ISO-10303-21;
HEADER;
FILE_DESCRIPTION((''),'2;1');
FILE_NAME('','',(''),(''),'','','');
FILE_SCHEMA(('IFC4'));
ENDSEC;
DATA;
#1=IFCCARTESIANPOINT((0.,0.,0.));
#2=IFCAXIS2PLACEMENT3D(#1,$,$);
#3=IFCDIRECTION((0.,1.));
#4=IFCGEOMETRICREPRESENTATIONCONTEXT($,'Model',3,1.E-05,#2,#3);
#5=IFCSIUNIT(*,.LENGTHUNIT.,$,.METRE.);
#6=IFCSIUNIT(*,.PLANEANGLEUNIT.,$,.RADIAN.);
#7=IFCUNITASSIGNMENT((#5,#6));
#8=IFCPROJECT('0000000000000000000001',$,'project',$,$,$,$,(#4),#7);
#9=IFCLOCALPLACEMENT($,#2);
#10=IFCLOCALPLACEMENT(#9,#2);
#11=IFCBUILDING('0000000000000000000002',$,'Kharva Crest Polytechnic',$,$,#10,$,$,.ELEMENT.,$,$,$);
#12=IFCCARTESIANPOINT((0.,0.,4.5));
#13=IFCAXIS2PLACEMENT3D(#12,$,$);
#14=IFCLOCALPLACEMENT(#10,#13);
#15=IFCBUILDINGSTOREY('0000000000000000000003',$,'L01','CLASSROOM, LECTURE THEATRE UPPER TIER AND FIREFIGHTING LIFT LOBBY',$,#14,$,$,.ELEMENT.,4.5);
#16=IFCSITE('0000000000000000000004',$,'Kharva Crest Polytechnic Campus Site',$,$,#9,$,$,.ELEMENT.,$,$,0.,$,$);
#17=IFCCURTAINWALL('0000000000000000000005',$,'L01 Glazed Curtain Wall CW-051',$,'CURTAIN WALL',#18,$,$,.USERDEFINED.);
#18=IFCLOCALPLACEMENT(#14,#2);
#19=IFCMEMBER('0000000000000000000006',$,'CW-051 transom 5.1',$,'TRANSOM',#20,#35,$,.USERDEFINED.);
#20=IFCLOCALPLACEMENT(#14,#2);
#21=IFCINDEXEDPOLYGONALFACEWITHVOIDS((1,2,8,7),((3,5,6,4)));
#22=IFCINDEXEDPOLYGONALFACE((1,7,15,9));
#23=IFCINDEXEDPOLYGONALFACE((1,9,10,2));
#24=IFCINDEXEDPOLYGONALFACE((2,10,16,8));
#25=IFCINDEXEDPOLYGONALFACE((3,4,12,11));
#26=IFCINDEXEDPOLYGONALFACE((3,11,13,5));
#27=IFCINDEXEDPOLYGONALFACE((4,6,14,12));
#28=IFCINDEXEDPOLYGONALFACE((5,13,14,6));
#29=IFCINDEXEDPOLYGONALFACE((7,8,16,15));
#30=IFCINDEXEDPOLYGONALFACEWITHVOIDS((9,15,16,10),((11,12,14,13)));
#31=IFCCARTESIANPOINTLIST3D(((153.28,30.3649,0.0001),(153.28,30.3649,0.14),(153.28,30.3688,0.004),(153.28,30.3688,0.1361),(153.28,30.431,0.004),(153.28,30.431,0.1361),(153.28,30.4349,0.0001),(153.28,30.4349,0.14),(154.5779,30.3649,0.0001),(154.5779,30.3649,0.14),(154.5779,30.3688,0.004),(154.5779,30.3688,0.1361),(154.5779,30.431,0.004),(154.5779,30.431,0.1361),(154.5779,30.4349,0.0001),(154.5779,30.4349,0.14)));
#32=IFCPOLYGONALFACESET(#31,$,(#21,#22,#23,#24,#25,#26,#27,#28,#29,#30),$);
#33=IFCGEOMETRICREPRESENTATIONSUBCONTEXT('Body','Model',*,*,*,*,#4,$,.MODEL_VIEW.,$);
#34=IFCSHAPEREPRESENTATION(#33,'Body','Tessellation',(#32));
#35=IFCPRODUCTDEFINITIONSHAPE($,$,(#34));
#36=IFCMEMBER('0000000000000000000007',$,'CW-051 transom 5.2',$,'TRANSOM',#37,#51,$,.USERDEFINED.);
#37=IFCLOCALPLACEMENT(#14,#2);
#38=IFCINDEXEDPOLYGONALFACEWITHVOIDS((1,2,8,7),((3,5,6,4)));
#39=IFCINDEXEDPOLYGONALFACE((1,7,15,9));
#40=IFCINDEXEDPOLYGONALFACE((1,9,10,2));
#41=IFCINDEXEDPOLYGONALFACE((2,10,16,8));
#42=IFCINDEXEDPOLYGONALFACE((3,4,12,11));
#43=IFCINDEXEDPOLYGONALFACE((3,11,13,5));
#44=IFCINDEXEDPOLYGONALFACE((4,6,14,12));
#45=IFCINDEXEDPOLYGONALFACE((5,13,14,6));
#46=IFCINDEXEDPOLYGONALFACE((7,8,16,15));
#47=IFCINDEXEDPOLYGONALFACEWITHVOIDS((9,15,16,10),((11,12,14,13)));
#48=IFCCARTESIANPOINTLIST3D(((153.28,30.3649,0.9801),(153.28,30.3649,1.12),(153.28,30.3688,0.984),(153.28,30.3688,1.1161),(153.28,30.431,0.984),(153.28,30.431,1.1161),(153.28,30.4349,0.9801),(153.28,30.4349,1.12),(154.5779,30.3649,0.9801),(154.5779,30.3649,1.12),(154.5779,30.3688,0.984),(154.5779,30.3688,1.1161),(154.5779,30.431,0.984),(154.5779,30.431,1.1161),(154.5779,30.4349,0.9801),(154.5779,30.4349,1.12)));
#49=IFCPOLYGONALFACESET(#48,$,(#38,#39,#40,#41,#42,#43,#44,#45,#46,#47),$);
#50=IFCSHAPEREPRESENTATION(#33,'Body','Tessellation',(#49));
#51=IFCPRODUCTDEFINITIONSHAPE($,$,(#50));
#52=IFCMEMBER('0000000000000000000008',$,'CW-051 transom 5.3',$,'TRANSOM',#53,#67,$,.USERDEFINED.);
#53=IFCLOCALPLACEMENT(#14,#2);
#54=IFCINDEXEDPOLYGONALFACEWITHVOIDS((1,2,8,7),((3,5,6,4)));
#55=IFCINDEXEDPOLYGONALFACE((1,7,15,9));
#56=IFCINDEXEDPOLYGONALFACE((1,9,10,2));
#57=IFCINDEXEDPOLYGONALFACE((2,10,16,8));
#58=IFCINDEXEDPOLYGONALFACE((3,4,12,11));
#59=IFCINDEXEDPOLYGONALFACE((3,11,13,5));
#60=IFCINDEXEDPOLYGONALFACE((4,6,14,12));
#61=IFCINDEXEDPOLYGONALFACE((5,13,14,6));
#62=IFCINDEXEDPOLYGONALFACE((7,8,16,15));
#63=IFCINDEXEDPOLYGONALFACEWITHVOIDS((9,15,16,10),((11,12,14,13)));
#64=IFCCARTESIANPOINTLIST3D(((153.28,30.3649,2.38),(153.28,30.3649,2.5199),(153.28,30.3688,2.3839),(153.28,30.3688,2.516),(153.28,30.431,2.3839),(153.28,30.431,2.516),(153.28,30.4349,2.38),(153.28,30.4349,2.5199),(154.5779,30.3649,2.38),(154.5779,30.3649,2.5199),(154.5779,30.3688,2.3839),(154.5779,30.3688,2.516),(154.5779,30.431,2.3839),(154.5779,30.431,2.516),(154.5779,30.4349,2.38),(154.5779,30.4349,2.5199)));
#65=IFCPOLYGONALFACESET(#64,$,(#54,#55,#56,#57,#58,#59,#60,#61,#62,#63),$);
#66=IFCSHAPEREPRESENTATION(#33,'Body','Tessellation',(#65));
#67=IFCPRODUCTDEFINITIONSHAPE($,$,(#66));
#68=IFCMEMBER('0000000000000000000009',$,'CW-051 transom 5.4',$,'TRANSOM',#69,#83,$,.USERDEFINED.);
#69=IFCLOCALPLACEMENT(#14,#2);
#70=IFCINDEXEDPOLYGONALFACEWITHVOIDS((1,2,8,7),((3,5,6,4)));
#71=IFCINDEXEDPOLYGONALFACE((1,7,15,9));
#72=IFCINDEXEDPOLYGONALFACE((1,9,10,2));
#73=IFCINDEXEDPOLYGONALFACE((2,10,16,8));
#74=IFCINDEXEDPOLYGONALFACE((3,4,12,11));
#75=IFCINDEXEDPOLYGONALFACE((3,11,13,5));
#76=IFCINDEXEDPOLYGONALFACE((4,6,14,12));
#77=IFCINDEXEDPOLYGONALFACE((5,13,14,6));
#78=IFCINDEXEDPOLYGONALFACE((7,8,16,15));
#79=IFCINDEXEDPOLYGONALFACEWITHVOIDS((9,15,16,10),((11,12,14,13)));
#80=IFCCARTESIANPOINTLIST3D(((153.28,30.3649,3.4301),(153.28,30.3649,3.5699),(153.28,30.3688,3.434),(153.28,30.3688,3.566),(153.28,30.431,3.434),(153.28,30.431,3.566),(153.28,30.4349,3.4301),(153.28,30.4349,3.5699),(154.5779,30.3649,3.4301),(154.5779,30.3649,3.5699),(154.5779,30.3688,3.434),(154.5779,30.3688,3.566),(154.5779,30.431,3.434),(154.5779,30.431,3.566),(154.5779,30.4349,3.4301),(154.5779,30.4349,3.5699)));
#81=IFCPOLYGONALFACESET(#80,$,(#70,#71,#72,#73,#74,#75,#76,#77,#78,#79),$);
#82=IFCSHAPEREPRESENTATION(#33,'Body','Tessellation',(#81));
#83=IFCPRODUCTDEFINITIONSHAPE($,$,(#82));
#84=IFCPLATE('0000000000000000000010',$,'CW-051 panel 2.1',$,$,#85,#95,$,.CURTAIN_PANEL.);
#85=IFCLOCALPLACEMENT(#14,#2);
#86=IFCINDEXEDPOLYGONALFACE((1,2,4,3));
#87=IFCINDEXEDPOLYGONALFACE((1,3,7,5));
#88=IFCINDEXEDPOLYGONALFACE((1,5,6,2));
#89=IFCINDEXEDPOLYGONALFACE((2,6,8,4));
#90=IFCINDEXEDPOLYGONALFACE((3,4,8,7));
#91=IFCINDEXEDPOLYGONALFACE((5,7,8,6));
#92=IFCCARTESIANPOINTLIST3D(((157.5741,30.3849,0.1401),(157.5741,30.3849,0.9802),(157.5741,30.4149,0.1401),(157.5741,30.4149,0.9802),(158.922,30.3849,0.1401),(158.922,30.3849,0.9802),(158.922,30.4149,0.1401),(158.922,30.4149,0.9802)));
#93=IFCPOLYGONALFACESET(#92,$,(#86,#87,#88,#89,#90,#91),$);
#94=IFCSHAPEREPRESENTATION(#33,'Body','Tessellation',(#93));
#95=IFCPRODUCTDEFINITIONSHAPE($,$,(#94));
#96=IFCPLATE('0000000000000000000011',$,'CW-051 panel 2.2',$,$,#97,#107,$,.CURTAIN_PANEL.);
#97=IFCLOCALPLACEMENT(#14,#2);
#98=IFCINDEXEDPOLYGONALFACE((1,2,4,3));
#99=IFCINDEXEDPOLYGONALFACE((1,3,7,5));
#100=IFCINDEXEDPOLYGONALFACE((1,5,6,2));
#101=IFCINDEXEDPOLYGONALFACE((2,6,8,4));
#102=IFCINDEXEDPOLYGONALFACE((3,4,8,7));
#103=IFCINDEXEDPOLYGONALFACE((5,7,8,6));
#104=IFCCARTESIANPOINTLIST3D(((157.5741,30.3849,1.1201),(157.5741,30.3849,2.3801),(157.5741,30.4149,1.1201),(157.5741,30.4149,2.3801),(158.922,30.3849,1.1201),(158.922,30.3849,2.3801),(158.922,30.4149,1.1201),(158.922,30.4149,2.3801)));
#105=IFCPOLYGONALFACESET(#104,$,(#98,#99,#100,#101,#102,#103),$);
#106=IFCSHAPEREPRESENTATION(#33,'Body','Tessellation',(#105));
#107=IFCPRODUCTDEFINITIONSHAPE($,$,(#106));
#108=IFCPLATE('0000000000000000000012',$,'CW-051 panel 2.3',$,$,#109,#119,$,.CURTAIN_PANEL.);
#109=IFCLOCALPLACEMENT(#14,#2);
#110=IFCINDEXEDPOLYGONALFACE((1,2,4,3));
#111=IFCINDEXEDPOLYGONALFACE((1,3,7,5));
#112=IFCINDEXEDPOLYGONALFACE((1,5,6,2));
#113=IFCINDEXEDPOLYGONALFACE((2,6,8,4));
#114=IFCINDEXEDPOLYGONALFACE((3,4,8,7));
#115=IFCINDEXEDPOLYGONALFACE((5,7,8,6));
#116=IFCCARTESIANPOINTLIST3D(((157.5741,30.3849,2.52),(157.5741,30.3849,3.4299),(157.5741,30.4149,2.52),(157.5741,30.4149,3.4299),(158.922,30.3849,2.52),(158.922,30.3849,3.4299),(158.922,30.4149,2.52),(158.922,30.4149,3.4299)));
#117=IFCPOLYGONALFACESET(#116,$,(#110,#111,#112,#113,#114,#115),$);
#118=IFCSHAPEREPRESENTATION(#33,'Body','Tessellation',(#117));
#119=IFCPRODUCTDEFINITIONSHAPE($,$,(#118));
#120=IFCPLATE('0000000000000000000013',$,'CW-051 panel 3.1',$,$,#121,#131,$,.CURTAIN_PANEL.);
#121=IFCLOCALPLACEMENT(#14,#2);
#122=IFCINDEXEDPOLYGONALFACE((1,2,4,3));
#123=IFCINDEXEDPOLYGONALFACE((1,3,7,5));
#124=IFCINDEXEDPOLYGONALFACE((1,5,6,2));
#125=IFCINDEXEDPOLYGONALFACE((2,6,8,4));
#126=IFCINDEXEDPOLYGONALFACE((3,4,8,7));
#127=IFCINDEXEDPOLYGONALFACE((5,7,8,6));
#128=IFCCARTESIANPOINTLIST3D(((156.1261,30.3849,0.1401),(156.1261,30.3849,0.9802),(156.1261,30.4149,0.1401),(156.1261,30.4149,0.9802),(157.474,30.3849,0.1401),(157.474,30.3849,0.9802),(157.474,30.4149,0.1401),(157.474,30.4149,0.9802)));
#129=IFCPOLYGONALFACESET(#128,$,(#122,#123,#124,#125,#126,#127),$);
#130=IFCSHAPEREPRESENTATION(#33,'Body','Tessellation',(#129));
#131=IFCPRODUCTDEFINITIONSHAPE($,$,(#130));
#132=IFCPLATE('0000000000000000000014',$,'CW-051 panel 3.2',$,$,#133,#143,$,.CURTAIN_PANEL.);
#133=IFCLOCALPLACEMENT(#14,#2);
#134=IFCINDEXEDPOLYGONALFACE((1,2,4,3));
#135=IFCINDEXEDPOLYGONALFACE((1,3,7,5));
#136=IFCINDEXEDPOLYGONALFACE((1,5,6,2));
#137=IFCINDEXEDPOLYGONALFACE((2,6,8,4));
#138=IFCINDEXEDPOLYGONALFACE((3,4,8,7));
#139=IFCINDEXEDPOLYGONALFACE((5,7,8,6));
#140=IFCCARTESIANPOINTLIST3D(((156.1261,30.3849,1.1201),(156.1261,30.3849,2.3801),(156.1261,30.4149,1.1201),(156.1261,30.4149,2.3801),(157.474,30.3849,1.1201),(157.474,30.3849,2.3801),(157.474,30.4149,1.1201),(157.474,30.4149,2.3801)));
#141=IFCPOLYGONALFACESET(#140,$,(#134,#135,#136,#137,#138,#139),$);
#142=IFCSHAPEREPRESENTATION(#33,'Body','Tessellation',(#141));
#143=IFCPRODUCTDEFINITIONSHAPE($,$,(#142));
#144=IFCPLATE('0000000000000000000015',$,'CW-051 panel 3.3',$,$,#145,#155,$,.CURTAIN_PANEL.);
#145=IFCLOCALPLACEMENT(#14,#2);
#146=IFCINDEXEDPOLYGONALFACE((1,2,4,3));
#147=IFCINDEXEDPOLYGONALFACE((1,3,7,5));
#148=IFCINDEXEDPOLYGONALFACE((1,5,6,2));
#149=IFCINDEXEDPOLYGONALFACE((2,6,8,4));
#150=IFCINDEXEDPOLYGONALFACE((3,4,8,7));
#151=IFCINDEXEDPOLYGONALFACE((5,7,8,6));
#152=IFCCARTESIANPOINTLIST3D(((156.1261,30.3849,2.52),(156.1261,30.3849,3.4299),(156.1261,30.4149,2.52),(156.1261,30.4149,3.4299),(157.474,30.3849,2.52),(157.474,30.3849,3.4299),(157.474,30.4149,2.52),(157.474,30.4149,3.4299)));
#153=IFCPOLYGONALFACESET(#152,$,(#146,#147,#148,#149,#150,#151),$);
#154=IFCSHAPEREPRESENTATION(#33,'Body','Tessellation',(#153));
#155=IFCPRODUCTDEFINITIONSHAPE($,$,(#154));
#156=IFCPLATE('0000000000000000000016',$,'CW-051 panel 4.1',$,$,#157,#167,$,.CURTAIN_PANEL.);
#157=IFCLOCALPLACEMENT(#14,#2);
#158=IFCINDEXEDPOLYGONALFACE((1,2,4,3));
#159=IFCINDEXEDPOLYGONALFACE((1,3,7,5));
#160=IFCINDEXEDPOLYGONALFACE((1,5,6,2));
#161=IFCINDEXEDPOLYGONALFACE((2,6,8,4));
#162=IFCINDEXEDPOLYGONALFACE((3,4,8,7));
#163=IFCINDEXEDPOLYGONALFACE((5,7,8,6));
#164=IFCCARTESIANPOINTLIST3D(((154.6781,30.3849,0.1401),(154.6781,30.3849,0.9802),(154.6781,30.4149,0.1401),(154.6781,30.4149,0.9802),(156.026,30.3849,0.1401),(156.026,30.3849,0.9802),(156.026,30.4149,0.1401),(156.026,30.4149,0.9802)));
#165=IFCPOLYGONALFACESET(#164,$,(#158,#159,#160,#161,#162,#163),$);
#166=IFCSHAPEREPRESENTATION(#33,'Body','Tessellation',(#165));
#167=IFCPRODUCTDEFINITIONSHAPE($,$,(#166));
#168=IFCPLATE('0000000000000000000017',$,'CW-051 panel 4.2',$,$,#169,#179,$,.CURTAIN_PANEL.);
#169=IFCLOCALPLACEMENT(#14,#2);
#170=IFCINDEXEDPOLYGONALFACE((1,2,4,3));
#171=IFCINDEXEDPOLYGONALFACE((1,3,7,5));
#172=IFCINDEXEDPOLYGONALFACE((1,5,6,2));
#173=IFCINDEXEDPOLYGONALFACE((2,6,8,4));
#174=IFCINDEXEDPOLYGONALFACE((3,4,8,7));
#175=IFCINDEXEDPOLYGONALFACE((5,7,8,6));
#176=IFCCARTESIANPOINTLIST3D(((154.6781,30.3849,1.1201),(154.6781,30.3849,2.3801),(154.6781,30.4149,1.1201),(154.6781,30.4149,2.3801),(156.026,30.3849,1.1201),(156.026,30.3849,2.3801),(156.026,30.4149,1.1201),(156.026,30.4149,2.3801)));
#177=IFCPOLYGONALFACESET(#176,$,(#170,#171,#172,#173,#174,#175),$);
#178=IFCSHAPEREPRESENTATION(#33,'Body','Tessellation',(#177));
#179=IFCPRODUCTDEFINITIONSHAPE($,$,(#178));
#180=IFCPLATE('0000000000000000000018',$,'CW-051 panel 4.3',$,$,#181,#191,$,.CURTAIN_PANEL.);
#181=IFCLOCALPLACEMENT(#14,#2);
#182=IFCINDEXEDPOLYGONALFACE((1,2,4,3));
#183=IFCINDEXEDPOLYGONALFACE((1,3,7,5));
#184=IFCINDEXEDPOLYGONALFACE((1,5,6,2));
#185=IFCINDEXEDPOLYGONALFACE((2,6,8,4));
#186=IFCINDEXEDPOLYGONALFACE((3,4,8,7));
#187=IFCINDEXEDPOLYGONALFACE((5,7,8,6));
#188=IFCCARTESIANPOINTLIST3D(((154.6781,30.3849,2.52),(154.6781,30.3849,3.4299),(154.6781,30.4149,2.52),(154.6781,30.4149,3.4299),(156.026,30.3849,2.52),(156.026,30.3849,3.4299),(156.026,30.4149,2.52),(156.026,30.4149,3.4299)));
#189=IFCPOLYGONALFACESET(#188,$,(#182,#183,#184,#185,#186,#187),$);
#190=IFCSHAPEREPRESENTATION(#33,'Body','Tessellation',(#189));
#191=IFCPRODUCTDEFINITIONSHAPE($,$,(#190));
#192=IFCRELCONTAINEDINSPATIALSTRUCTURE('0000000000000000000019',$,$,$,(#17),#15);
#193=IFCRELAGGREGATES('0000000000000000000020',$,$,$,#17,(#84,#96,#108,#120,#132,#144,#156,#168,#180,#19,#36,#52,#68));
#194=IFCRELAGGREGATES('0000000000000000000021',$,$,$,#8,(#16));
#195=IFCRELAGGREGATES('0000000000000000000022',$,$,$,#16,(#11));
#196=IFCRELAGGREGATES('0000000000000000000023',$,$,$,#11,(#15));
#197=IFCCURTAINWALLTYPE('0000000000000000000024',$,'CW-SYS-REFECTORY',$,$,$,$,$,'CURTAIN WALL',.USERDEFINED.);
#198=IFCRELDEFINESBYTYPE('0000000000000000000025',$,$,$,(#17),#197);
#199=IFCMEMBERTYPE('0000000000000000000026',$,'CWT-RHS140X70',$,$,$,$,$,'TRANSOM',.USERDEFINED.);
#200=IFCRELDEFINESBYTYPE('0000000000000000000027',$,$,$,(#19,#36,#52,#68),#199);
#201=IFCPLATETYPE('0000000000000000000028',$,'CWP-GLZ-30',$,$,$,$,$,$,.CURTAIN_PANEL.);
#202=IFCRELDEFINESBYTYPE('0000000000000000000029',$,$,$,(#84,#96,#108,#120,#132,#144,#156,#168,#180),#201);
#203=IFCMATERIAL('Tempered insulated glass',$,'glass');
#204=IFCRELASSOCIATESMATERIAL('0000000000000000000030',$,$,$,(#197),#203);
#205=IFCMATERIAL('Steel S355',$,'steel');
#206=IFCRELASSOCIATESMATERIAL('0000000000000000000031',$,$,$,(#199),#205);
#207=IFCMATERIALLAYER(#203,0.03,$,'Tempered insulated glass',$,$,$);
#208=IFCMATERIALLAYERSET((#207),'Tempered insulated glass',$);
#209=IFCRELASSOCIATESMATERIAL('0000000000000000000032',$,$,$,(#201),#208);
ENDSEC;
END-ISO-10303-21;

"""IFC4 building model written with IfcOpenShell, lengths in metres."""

from ifc_helpers import new_model, si_unit, direction, frame, origin, origin_2d, place, context, subcontext, project, spatial, rectangle, hollow_rectangle, extrude, material, layer, layer_set, material_profile, profile_set, type_object, element, aggregate, save


model = new_model("IFC4")

# Units and contexts
model_context = context("Model", 3, precision=1e-05, world=origin(), true_north=direction((0.0, 1.0)))
body_context = subcontext(model_context, "Body", "Model", "MODEL_VIEW")
ifc_project = project(units=[si_unit("LENGTHUNIT", "METRE"), si_unit("PLANEANGLEUNIT", "RADIAN")], contexts=[model_context])

# Site, building, storey
site_placement = place(None, origin())
site = spatial("IfcSite", under=ifc_project, at=site_placement, Name="Kharva Crest Polytechnic Campus Site", CompositionType="ELEMENT", RefElevation=0.0)
building_placement = place(site_placement, origin())
building = spatial("IfcBuilding", under=site, at=building_placement, Name="Kharva Crest Polytechnic", CompositionType="ELEMENT")
storey_placement = place(building_placement, frame((0.0, 0.0, 4.5)))
storey = spatial("IfcBuildingStorey", under=building, at=storey_placement, Name="L01", Description="CLASSROOM, LECTURE THEATRE UPPER TIER AND FIREFIGHTING LIFT LOBBY", CompositionType="ELEMENT", Elevation=4.5)

# Curtain wall, members, plates
ifc_material_1 = material(Name="Tempered insulated glass", Category="glass")
curtain_wall_type = type_object("IfcCurtainWallType", Name="CW-SYS-REFECTORY", ElementType="CURTAIN WALL", PredefinedType="USERDEFINED", material=ifc_material_1)
curtain_wall_placement = place(storey_placement, origin())
curtain_wall = element("IfcCurtainWall", 1, at=curtain_wall_placement, inside=storey, type_object=curtain_wall_type, Name="L01 Glazed Curtain Wall CW-051", ObjectType="CURTAIN WALL", PredefinedType="USERDEFINED")
ifc_material_2 = material(Name="Steel S355", Category="steel")
ifc_material_profile_1 = material_profile(ifc_material_2, hollow_rectangle(XDim=0.0701, YDim=0.1399, WallThickness=0.0039, at=origin_2d()), Name="RHS 140X70X4.0")
ifc_profile_set_1 = profile_set([ifc_material_profile_1], Name="Steel S355")
member_type_1 = type_object("IfcMemberType", Name="CWT-RHS140X70", ElementType="TRANSOM", PredefinedType="USERDEFINED", material=ifc_profile_set_1)
member_1_placement = place(storey_placement, frame((154.5779, 30.3999, 0.0701), z_axis=(-1.0, 0.0, 0.0), x_axis=(0.0, -1.0, 0.0)))
member_1 = element("IfcMember", 2, at=member_1_placement, type_object=member_type_1, Name="CW-051 transom 5.1", ObjectType="TRANSOM", PredefinedType="USERDEFINED", context=body_context, shape_type="SweptSolid", body=[
    extrude(hollow_rectangle(XDim=0.0701, YDim=0.1399, WallThickness=0.0039, at=origin_2d()), origin(), (0.0, 0.0, 1.0), 1.2979),
])
member_2_placement = place(storey_placement, frame((154.5779, 30.3999, 1.05), z_axis=(-1.0, 0.0, 0.0), x_axis=(0.0, -1.0, 0.0)))
member_2 = element("IfcMember", 3, at=member_2_placement, type_object=member_type_1, Name="CW-051 transom 5.2", ObjectType="TRANSOM", PredefinedType="USERDEFINED", context=body_context, shape_type="SweptSolid", body=[
    extrude(hollow_rectangle(XDim=0.0701, YDim=0.1399, WallThickness=0.0039, at=origin_2d()), origin(), (0.0, 0.0, 1.0), 1.2979),
])
member_3_placement = place(storey_placement, frame((154.5779, 30.3999, 2.45), z_axis=(-1.0, 0.0, 0.0), x_axis=(0.0, -1.0, 0.0)))
member_3 = element("IfcMember", 4, at=member_3_placement, type_object=member_type_1, Name="CW-051 transom 5.3", ObjectType="TRANSOM", PredefinedType="USERDEFINED", context=body_context, shape_type="SweptSolid", body=[
    extrude(hollow_rectangle(XDim=0.0701, YDim=0.1399, WallThickness=0.0039, at=origin_2d()), origin(), (0.0, 0.0, 1.0), 1.2979),
])
member_4_placement = place(storey_placement, frame((154.5779, 30.3999, 3.5), z_axis=(-1.0, 0.0, 0.0), x_axis=(0.0, -1.0, 0.0)))
member_4 = element("IfcMember", 5, at=member_4_placement, type_object=member_type_1, Name="CW-051 transom 5.4", ObjectType="TRANSOM", PredefinedType="USERDEFINED", context=body_context, shape_type="SweptSolid", body=[
    extrude(hollow_rectangle(XDim=0.0701, YDim=0.1399, WallThickness=0.0039, at=origin_2d()), origin(), (0.0, 0.0, 1.0), 1.2979),
])
ifc_layer = layer(ifc_material_1, 0.03, Name="Tempered insulated glass")
ifc_layer_set = layer_set([ifc_layer], Name="Tempered insulated glass")
plate_type = type_object("IfcPlateType", Name="CWP-GLZ-30", PredefinedType="CURTAIN_PANEL", material=ifc_layer_set)
plate_1_placement = place(storey_placement, frame((158.248, 30.3999, 0.1401), z_axis=(0.0, 0.0, 1.0), x_axis=(-1.0, 0.0, 0.0)))
plate_1 = element("IfcPlate", 6, at=plate_1_placement, type_object=plate_type, Name="CW-051 panel 2.1", PredefinedType="CURTAIN_PANEL", context=body_context, shape_type="SweptSolid", body=[
    extrude(rectangle(XDim=1.3479, YDim=0.03, at=origin_2d()), origin(), (0.0, 0.0, 1.0), 0.8401),
])
plate_2_placement = place(storey_placement, frame((158.248, 30.3999, 1.1201), z_axis=(0.0, 0.0, 1.0), x_axis=(-1.0, 0.0, 0.0)))
plate_2 = element("IfcPlate", 7, at=plate_2_placement, type_object=plate_type, Name="CW-051 panel 2.2", PredefinedType="CURTAIN_PANEL", context=body_context, shape_type="SweptSolid", body=[
    extrude(rectangle(XDim=1.3479, YDim=0.03, at=origin_2d()), origin(), (0.0, 0.0, 1.0), 1.26),
])
plate_3_placement = place(storey_placement, frame((158.248, 30.3999, 2.52), z_axis=(0.0, 0.0, 1.0), x_axis=(-1.0, 0.0, 0.0)))
plate_3 = element("IfcPlate", 8, at=plate_3_placement, type_object=plate_type, Name="CW-051 panel 2.3", PredefinedType="CURTAIN_PANEL", context=body_context, shape_type="SweptSolid", body=[
    extrude(rectangle(XDim=1.3479, YDim=0.03, at=origin_2d()), origin(), (0.0, 0.0, 1.0), 0.9099),
])
plate_4_placement = place(storey_placement, frame((156.8, 30.3999, 0.1401), z_axis=(0.0, 0.0, 1.0), x_axis=(-1.0, 0.0, 0.0)))
plate_4 = element("IfcPlate", 9, at=plate_4_placement, type_object=plate_type, Name="CW-051 panel 3.1", PredefinedType="CURTAIN_PANEL", context=body_context, shape_type="SweptSolid", body=[
    extrude(rectangle(XDim=1.3479, YDim=0.03, at=origin_2d()), origin(), (0.0, 0.0, 1.0), 0.8401),
])
plate_5_placement = place(storey_placement, frame((156.8, 30.3999, 1.1201), z_axis=(0.0, 0.0, 1.0), x_axis=(-1.0, 0.0, 0.0)))
plate_5 = element("IfcPlate", 10, at=plate_5_placement, type_object=plate_type, Name="CW-051 panel 3.2", PredefinedType="CURTAIN_PANEL", context=body_context, shape_type="SweptSolid", body=[
    extrude(rectangle(XDim=1.3479, YDim=0.03, at=origin_2d()), origin(), (0.0, 0.0, 1.0), 1.26),
])
plate_6_placement = place(storey_placement, frame((156.8, 30.3999, 2.52), z_axis=(0.0, 0.0, 1.0), x_axis=(-1.0, 0.0, 0.0)))
plate_6 = element("IfcPlate", 11, at=plate_6_placement, type_object=plate_type, Name="CW-051 panel 3.3", PredefinedType="CURTAIN_PANEL", context=body_context, shape_type="SweptSolid", body=[
    extrude(rectangle(XDim=1.3479, YDim=0.03, at=origin_2d()), origin(), (0.0, 0.0, 1.0), 0.9099),
])
plate_7_placement = place(storey_placement, frame((155.3521, 30.3999, 0.1401), z_axis=(0.0, 0.0, 1.0), x_axis=(-1.0, 0.0, 0.0)))
plate_7 = element("IfcPlate", 12, at=plate_7_placement, type_object=plate_type, Name="CW-051 panel 4.1", PredefinedType="CURTAIN_PANEL", context=body_context, shape_type="SweptSolid", body=[
    extrude(rectangle(XDim=1.3479, YDim=0.03, at=origin_2d()), origin(), (0.0, 0.0, 1.0), 0.8401),
])
plate_8_placement = place(storey_placement, frame((155.3521, 30.3999, 1.1201), z_axis=(0.0, 0.0, 1.0), x_axis=(-1.0, 0.0, 0.0)))
plate_8 = element("IfcPlate", 13, at=plate_8_placement, type_object=plate_type, Name="CW-051 panel 4.2", PredefinedType="CURTAIN_PANEL", context=body_context, shape_type="SweptSolid", body=[
    extrude(rectangle(XDim=1.3479, YDim=0.03, at=origin_2d()), origin(), (0.0, 0.0, 1.0), 1.26),
])
plate_9_placement = place(storey_placement, frame((155.3521, 30.3999, 2.52), z_axis=(0.0, 0.0, 1.0), x_axis=(-1.0, 0.0, 0.0)))
plate_9 = element("IfcPlate", 14, at=plate_9_placement, type_object=plate_type, Name="CW-051 panel 4.3", PredefinedType="CURTAIN_PANEL", context=body_context, shape_type="SweptSolid", body=[
    extrude(rectangle(XDim=1.3479, YDim=0.03, at=origin_2d()), origin(), (0.0, 0.0, 1.0), 0.9099),
])
aggregate(curtain_wall, [plate_1, plate_2, plate_3, plate_4, plate_5, plate_6, plate_7, plate_8, plate_9, member_1, member_2, member_3, member_4])

save(model, "model.ifc")
